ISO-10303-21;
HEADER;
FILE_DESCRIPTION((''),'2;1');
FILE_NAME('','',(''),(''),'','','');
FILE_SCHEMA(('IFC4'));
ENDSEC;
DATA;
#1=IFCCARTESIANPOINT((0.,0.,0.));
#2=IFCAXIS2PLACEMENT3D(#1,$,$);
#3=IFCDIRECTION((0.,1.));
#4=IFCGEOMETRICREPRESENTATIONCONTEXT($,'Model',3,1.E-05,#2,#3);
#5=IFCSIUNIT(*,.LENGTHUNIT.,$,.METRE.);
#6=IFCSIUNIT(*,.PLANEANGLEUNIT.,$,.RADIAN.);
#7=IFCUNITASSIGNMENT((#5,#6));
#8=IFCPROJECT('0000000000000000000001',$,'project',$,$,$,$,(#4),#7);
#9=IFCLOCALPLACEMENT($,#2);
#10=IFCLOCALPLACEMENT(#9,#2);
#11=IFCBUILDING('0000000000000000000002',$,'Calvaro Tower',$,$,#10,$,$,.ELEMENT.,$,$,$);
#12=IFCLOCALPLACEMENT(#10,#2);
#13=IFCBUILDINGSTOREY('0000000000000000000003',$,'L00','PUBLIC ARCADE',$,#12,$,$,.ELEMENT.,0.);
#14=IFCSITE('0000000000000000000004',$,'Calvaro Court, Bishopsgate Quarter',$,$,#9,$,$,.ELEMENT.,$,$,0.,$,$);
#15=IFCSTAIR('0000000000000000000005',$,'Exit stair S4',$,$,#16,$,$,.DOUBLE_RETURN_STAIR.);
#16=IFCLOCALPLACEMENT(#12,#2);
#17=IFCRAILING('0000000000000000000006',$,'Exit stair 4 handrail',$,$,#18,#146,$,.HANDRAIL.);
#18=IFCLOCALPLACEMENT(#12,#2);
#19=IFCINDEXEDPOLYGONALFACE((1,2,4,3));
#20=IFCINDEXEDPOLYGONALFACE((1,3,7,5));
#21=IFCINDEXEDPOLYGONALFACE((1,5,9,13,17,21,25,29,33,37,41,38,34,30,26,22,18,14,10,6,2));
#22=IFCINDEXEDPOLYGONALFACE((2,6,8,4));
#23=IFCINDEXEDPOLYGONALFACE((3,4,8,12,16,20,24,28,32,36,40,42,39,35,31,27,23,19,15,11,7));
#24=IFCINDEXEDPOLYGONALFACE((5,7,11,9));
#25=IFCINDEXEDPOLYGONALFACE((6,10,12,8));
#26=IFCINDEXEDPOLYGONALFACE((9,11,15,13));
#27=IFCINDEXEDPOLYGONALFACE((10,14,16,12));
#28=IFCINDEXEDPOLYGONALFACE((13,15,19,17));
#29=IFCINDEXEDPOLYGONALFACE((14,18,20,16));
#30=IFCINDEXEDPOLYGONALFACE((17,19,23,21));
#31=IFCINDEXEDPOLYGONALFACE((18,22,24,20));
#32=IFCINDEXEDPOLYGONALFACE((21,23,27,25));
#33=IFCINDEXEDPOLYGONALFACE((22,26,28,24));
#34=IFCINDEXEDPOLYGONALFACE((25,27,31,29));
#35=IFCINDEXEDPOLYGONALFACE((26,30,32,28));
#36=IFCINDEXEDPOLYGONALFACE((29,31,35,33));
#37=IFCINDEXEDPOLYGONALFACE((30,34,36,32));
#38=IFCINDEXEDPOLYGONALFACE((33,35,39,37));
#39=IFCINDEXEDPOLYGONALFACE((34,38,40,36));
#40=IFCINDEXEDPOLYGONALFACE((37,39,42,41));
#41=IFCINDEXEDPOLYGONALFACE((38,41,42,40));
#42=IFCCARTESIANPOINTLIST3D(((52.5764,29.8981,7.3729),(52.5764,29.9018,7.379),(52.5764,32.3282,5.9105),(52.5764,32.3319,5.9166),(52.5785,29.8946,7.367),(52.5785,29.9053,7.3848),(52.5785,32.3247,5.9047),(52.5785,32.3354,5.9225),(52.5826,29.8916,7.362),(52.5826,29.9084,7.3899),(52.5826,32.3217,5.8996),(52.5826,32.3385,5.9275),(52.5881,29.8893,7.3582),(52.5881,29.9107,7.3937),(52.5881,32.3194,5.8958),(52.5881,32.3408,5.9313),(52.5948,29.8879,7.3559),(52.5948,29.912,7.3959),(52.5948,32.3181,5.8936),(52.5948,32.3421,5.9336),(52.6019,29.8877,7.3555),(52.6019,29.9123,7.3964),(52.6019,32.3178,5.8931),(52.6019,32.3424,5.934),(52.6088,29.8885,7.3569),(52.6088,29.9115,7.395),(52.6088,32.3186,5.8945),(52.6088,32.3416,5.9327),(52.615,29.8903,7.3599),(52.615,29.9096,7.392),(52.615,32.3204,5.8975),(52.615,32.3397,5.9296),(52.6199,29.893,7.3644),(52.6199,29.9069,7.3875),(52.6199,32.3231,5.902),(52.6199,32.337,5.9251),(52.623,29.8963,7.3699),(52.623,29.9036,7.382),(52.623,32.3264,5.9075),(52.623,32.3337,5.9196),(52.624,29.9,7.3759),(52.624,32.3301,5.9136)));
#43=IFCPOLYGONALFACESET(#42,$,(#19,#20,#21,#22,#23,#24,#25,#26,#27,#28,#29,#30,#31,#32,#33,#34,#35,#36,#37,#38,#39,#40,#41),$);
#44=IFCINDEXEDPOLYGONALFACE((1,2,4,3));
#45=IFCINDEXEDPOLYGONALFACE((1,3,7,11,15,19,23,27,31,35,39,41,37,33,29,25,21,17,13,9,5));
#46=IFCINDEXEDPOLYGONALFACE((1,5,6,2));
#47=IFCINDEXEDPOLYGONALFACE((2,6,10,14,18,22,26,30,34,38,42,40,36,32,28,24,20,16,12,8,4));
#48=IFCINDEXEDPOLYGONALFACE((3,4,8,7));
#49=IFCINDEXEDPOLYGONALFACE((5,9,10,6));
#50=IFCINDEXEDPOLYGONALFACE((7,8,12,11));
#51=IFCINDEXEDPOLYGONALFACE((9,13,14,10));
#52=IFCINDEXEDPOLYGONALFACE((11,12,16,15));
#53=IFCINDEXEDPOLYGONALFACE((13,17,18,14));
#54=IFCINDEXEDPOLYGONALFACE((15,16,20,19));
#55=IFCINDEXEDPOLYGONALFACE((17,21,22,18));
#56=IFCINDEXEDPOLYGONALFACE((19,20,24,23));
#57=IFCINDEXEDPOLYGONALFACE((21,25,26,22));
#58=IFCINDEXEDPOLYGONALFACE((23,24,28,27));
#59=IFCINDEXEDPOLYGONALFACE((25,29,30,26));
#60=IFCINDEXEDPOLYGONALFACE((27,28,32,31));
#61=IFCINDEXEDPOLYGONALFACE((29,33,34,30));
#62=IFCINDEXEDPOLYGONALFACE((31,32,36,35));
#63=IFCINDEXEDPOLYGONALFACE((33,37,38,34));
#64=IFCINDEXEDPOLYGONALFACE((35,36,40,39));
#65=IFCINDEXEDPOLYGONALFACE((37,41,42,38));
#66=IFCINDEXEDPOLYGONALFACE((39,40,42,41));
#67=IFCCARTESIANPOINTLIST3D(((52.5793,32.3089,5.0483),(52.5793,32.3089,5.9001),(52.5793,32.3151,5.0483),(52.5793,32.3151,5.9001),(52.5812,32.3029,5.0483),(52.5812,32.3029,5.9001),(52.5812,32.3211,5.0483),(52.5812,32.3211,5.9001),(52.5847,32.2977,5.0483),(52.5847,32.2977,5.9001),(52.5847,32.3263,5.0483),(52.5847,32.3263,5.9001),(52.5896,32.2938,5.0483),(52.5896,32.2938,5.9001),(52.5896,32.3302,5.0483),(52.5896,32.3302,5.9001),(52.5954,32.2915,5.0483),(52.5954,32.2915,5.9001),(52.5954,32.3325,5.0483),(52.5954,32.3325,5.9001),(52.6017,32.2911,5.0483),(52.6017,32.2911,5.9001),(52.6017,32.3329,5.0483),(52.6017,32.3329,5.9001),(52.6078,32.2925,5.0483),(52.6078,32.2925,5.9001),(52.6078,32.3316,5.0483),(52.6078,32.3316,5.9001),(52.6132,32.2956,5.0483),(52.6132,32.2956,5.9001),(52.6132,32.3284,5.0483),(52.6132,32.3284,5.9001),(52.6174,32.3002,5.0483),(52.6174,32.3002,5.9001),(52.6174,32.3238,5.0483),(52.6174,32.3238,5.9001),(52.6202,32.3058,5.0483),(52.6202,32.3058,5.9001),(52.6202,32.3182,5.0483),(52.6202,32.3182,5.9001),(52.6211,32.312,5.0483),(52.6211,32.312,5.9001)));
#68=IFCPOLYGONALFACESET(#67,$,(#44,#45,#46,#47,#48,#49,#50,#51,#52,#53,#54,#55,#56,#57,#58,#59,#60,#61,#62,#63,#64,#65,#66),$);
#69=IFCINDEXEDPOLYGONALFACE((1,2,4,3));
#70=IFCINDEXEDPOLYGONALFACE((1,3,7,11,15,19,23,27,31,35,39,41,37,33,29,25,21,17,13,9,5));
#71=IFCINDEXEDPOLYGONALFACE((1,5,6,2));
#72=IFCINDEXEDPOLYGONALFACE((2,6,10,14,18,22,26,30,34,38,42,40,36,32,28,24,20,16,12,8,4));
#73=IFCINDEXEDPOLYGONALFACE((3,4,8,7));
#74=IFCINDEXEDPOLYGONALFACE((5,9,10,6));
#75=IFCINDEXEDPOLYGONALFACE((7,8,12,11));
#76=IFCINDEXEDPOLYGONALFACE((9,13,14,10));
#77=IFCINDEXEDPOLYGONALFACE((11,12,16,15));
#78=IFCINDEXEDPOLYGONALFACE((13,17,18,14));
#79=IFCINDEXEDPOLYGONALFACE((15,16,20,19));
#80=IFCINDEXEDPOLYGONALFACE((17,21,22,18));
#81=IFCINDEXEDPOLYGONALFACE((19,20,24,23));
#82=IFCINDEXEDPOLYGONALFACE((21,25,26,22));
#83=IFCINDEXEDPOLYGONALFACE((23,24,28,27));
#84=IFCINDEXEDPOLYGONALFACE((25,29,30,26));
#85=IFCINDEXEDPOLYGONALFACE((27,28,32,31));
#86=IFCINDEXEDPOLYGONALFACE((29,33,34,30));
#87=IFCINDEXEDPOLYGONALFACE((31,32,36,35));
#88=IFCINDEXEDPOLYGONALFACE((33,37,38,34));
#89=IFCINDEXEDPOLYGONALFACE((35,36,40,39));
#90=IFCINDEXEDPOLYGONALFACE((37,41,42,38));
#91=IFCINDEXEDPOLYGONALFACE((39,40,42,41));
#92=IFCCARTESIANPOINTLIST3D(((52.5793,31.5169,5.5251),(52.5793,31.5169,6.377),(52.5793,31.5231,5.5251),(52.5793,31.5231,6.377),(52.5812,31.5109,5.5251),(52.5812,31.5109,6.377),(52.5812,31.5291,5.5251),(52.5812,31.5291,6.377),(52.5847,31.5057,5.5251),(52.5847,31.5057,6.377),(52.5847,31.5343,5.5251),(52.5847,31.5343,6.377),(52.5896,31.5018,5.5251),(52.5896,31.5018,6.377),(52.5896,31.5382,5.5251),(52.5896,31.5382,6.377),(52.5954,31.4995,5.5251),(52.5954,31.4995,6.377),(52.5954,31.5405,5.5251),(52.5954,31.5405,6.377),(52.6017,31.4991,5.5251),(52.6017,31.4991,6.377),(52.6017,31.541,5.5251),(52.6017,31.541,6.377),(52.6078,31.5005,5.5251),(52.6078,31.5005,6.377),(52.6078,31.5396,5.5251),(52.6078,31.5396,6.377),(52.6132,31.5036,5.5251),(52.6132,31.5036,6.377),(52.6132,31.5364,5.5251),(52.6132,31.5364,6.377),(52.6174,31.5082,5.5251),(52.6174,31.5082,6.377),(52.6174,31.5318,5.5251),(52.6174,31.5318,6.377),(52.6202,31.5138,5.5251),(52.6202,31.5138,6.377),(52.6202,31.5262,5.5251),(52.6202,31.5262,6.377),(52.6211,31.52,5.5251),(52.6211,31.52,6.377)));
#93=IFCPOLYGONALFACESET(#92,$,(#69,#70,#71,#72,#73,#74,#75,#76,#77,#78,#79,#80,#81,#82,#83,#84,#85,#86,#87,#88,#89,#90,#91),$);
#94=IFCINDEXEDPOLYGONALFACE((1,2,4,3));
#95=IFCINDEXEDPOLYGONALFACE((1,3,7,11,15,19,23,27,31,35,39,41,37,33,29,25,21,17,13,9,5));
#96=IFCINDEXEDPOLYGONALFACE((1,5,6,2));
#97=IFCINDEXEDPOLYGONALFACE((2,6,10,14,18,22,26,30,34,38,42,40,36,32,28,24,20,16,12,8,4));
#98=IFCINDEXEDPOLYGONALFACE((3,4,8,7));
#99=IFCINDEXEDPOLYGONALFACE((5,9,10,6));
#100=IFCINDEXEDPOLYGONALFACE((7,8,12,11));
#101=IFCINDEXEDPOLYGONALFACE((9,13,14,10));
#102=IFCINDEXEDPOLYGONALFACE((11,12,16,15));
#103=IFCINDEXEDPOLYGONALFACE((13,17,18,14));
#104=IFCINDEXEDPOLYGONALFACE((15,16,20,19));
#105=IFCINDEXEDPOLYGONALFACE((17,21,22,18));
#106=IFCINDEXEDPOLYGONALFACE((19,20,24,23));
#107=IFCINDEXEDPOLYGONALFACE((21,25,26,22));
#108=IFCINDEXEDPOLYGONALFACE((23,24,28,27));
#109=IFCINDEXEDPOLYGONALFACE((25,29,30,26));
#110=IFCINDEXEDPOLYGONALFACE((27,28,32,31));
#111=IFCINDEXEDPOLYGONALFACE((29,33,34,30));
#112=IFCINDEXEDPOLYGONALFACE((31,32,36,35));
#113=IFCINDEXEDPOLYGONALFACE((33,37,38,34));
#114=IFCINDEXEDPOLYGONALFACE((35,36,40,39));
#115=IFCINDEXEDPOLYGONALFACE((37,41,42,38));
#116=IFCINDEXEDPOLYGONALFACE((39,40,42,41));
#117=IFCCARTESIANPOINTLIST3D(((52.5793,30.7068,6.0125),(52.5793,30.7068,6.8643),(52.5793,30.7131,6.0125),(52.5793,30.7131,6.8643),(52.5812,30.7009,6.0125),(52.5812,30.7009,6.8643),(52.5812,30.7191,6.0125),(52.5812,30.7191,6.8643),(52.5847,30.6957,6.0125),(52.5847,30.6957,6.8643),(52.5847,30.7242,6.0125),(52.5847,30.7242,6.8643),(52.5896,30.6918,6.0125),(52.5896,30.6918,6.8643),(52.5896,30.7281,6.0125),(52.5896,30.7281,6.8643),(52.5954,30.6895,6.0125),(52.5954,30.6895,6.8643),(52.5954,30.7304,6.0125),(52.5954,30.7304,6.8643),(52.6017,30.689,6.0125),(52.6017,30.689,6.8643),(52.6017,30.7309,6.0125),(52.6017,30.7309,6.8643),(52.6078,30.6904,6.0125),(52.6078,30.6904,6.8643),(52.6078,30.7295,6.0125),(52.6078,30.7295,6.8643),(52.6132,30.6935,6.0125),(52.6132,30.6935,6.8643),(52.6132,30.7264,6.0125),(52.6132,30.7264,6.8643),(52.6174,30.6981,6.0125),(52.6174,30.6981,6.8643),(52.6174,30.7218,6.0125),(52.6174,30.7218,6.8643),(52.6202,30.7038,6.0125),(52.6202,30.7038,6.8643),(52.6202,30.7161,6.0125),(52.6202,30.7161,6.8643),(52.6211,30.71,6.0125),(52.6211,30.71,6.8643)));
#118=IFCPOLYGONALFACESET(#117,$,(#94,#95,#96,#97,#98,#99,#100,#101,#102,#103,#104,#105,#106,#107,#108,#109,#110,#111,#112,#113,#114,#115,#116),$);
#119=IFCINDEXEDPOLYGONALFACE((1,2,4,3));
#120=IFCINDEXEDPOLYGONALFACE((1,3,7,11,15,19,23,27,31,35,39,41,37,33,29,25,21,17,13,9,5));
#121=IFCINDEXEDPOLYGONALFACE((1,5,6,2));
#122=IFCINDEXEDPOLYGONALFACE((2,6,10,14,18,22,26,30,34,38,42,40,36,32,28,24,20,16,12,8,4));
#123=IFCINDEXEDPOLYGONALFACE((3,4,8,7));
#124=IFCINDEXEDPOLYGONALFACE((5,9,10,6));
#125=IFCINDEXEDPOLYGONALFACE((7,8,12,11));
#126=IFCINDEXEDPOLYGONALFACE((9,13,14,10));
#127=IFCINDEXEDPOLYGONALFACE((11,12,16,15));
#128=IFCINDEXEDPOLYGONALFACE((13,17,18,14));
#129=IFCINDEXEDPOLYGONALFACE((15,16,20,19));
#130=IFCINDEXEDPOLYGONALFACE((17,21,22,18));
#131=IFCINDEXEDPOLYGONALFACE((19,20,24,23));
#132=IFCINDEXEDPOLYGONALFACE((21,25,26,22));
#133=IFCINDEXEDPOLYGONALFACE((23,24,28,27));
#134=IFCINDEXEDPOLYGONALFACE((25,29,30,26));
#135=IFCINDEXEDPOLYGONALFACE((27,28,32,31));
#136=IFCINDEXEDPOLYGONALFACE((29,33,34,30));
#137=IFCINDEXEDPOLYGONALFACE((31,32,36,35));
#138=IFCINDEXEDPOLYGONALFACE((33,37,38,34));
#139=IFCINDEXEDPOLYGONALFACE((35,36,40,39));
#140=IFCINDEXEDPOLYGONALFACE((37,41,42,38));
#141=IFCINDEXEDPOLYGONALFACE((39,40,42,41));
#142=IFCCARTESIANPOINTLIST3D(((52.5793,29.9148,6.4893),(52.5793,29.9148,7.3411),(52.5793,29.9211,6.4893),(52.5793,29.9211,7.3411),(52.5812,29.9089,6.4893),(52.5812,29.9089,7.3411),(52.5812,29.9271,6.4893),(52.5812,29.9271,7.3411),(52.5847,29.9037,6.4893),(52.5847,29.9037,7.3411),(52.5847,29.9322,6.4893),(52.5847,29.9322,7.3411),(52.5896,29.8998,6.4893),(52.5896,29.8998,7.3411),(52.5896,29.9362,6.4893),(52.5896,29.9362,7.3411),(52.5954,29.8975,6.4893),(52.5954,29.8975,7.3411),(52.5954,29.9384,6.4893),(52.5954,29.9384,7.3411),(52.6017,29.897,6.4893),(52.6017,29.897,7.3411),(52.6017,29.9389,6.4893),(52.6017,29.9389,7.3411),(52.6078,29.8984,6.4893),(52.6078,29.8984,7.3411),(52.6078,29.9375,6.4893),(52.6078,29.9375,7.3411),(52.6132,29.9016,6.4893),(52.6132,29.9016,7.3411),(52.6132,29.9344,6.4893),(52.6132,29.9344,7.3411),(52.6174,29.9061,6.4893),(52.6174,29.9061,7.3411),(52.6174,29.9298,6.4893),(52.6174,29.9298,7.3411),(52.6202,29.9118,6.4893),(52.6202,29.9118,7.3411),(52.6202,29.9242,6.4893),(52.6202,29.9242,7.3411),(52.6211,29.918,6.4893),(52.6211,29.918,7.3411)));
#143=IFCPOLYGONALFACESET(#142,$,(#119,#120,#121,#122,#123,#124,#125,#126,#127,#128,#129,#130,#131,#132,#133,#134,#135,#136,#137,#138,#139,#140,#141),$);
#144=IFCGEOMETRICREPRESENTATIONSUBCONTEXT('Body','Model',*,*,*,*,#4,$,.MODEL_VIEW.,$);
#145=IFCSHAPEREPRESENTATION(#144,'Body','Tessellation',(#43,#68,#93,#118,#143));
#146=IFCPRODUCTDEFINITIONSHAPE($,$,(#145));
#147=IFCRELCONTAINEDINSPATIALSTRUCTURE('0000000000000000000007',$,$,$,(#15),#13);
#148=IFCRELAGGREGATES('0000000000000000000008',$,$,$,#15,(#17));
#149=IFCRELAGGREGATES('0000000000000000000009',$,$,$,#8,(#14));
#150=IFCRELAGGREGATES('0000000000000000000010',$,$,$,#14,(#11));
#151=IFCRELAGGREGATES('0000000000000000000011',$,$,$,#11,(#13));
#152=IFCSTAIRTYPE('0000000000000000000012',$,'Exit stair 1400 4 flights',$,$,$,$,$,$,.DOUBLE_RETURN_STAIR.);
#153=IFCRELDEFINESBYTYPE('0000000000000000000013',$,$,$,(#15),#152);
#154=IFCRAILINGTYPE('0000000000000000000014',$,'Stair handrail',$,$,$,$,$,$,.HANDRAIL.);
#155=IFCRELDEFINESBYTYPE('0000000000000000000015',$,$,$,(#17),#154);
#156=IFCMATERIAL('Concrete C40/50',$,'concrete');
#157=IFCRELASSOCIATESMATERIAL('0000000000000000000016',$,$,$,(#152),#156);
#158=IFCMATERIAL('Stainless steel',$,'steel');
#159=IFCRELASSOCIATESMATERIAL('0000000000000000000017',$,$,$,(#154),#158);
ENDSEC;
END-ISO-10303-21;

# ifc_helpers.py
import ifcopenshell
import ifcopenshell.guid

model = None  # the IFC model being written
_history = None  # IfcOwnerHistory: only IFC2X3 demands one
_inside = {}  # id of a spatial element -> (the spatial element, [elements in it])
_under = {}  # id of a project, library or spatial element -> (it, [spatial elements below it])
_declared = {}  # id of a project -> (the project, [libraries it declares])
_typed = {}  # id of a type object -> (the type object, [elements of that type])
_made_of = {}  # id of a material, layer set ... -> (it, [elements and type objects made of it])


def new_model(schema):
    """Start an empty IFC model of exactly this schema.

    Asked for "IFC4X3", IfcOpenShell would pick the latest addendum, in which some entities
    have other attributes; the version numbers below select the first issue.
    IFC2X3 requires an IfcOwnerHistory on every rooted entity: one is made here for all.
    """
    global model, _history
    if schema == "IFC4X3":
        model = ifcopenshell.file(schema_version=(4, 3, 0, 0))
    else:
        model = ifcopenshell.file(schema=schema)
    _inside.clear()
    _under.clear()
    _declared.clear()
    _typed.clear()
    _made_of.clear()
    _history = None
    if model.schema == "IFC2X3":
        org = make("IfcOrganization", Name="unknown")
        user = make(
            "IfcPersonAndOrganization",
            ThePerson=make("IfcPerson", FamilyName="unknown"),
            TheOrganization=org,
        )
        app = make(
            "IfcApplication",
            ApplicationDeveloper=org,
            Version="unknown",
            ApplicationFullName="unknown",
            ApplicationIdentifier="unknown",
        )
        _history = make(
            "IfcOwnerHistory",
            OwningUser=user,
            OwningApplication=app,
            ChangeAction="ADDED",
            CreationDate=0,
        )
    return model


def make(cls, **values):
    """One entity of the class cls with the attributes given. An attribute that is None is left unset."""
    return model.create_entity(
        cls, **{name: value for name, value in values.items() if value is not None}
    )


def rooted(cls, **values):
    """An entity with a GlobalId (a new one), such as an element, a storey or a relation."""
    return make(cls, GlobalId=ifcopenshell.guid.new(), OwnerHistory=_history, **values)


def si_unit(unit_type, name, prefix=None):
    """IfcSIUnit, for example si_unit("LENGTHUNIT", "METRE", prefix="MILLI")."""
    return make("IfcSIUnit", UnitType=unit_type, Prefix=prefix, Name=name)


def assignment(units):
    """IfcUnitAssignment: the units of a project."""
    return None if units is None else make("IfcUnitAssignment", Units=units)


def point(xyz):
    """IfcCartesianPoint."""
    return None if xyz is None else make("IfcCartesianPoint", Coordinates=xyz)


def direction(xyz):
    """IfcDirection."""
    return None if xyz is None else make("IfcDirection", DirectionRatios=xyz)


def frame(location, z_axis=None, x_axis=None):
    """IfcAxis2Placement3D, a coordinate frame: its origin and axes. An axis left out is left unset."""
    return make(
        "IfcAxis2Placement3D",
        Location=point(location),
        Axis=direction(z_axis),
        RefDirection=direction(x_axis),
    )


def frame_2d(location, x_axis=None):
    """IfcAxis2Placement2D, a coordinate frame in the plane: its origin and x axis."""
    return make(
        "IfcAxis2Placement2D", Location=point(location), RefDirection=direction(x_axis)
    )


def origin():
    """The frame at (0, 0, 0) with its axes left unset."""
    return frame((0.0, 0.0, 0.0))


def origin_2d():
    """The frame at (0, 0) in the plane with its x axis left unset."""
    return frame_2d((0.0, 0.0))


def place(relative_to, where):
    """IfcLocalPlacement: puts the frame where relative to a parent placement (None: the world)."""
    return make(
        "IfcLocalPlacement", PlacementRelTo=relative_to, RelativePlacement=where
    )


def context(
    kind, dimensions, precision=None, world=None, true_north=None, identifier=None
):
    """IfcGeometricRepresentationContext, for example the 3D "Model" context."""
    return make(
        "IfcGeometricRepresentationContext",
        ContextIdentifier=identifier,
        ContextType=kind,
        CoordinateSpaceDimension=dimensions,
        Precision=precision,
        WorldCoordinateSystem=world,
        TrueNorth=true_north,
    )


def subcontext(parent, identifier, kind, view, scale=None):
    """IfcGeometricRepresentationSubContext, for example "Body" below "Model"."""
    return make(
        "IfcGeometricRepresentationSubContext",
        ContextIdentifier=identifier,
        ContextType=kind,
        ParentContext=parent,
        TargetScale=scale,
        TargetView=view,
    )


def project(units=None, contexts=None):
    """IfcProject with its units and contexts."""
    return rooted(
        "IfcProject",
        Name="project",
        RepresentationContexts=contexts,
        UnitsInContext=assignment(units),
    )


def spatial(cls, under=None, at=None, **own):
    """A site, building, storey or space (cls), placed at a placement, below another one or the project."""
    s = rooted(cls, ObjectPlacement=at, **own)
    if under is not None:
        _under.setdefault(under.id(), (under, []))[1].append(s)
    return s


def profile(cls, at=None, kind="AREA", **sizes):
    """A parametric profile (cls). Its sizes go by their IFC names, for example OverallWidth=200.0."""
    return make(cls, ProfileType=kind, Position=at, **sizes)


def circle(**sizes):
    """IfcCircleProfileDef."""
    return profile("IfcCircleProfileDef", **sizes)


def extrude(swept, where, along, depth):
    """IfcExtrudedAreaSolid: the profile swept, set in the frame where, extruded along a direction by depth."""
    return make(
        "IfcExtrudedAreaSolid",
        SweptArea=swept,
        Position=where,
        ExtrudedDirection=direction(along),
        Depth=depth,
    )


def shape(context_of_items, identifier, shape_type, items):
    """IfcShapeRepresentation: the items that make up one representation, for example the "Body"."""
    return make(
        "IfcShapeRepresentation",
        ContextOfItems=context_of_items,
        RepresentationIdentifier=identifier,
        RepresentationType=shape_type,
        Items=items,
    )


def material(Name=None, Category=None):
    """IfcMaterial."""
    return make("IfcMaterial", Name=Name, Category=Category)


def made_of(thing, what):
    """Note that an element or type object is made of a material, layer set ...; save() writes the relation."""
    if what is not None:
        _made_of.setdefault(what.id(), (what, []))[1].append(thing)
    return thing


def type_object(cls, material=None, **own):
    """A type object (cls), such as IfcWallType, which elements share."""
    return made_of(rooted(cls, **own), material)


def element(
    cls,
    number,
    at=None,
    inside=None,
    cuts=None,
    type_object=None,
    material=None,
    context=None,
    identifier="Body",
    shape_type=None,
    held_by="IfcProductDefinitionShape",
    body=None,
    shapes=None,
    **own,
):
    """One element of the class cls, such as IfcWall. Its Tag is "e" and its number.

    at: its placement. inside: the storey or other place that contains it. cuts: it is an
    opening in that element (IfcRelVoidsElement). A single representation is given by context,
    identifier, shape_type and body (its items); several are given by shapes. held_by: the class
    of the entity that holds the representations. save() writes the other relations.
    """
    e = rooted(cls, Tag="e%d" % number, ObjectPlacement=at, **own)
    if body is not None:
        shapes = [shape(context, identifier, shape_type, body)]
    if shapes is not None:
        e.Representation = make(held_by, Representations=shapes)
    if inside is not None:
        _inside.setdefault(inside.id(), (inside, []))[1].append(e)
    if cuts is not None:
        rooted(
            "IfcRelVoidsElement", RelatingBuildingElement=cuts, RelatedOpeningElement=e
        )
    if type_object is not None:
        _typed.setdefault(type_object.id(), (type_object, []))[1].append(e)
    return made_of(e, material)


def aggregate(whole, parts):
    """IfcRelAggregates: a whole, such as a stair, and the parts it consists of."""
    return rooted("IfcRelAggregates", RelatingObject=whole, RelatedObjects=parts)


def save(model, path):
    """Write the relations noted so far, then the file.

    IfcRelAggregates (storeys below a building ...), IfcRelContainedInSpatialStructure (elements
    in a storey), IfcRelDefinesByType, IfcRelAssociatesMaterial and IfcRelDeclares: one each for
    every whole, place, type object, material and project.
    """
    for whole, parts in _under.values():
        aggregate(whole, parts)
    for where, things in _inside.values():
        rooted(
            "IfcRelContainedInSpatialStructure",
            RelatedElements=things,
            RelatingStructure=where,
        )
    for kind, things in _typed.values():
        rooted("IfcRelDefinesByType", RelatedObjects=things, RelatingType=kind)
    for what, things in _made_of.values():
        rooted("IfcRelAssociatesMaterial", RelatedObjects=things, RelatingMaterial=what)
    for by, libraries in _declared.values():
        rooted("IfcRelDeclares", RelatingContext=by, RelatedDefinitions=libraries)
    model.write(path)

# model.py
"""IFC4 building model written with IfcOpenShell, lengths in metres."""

from ifc_helpers import new_model, si_unit, direction, frame, origin, origin_2d, place, context, subcontext, project, spatial, circle, extrude, material, type_object, element, aggregate, save


model = new_model("IFC4")

# Units and contexts
model_context = context("Model", 3, precision=1e-05, world=origin(), true_north=direction((0.0, 1.0)))
body_context = subcontext(model_context, "Body", "Model", "MODEL_VIEW")
ifc_project = project(units=[si_unit("LENGTHUNIT", "METRE"), si_unit("PLANEANGLEUNIT", "RADIAN")], contexts=[model_context])

# Site, building, storey
site_placement = place(None, origin())
site = spatial("IfcSite", under=ifc_project, at=site_placement, Name="Calvaro Court, Bishopsgate Quarter", CompositionType="ELEMENT", RefElevation=0.0)
building_placement = place(site_placement, origin())
building = spatial("IfcBuilding", under=site, at=building_placement, Name="Calvaro Tower", CompositionType="ELEMENT")
storey_placement = place(building_placement, origin())
storey = spatial("IfcBuildingStorey", under=building, at=storey_placement, Name="L00", Description="PUBLIC ARCADE", CompositionType="ELEMENT", Elevation=0.0)

# Stair
ifc_material_1 = material(Name="Concrete C40/50", Category="concrete")
stair_type = type_object("IfcStairType", Name="Exit stair 1400 4 flights", PredefinedType="DOUBLE_RETURN_STAIR", material=ifc_material_1)
stair_1_placement = place(storey_placement, origin())
stair_1 = element("IfcStair", 1, at=stair_1_placement, inside=storey, type_object=stair_type, Name="Exit stair S4", PredefinedType="DOUBLE_RETURN_STAIR")

# Railing
ifc_material_2 = material(Name="Stainless steel", Category="steel")
railing_type = type_object("IfcRailingType", Name="Stair handrail", PredefinedType="HANDRAIL", material=ifc_material_2)
railing_1_placement = place(storey_placement, frame((52.6001, 32.3301, 5.0376)))
railing_1 = element("IfcRailing", 2, at=railing_1_placement, type_object=railing_type, Name="Exit stair 4 handrail", PredefinedType="HANDRAIL", context=body_context, shape_type="SweptSolid", body=[
    extrude(circle(Radius=0.0239, at=origin_2d()), frame((0.0, 0.0, 0.876), z_axis=(0.0, -0.856824, 0.515609), x_axis=(1.0, 0.0, 0.0)), (0.0, 0.0, 1.0), 2.8362),
    extrude(circle(Radius=0.021, at=origin_2d()), frame((0.0, -0.0181, 0.0107)), (0.0, 0.0, 1.0), 0.8518),
    extrude(circle(Radius=0.021, at=origin_2d()), frame((0.0, -0.8101, 0.4875)), (0.0, 0.0, 1.0), 0.8518),
    extrude(circle(Radius=0.021, at=origin_2d()), frame((0.0, -1.6201, 0.9749)), (0.0, 0.0, 1.0), 0.8518),
    extrude(circle(Radius=0.021, at=origin_2d()), frame((0.0, -2.4121, 1.4517)), (0.0, 0.0, 1.0), 0.8518),
])
aggregate(stair_1, [railing_1])

save(model, "model.ifc")
